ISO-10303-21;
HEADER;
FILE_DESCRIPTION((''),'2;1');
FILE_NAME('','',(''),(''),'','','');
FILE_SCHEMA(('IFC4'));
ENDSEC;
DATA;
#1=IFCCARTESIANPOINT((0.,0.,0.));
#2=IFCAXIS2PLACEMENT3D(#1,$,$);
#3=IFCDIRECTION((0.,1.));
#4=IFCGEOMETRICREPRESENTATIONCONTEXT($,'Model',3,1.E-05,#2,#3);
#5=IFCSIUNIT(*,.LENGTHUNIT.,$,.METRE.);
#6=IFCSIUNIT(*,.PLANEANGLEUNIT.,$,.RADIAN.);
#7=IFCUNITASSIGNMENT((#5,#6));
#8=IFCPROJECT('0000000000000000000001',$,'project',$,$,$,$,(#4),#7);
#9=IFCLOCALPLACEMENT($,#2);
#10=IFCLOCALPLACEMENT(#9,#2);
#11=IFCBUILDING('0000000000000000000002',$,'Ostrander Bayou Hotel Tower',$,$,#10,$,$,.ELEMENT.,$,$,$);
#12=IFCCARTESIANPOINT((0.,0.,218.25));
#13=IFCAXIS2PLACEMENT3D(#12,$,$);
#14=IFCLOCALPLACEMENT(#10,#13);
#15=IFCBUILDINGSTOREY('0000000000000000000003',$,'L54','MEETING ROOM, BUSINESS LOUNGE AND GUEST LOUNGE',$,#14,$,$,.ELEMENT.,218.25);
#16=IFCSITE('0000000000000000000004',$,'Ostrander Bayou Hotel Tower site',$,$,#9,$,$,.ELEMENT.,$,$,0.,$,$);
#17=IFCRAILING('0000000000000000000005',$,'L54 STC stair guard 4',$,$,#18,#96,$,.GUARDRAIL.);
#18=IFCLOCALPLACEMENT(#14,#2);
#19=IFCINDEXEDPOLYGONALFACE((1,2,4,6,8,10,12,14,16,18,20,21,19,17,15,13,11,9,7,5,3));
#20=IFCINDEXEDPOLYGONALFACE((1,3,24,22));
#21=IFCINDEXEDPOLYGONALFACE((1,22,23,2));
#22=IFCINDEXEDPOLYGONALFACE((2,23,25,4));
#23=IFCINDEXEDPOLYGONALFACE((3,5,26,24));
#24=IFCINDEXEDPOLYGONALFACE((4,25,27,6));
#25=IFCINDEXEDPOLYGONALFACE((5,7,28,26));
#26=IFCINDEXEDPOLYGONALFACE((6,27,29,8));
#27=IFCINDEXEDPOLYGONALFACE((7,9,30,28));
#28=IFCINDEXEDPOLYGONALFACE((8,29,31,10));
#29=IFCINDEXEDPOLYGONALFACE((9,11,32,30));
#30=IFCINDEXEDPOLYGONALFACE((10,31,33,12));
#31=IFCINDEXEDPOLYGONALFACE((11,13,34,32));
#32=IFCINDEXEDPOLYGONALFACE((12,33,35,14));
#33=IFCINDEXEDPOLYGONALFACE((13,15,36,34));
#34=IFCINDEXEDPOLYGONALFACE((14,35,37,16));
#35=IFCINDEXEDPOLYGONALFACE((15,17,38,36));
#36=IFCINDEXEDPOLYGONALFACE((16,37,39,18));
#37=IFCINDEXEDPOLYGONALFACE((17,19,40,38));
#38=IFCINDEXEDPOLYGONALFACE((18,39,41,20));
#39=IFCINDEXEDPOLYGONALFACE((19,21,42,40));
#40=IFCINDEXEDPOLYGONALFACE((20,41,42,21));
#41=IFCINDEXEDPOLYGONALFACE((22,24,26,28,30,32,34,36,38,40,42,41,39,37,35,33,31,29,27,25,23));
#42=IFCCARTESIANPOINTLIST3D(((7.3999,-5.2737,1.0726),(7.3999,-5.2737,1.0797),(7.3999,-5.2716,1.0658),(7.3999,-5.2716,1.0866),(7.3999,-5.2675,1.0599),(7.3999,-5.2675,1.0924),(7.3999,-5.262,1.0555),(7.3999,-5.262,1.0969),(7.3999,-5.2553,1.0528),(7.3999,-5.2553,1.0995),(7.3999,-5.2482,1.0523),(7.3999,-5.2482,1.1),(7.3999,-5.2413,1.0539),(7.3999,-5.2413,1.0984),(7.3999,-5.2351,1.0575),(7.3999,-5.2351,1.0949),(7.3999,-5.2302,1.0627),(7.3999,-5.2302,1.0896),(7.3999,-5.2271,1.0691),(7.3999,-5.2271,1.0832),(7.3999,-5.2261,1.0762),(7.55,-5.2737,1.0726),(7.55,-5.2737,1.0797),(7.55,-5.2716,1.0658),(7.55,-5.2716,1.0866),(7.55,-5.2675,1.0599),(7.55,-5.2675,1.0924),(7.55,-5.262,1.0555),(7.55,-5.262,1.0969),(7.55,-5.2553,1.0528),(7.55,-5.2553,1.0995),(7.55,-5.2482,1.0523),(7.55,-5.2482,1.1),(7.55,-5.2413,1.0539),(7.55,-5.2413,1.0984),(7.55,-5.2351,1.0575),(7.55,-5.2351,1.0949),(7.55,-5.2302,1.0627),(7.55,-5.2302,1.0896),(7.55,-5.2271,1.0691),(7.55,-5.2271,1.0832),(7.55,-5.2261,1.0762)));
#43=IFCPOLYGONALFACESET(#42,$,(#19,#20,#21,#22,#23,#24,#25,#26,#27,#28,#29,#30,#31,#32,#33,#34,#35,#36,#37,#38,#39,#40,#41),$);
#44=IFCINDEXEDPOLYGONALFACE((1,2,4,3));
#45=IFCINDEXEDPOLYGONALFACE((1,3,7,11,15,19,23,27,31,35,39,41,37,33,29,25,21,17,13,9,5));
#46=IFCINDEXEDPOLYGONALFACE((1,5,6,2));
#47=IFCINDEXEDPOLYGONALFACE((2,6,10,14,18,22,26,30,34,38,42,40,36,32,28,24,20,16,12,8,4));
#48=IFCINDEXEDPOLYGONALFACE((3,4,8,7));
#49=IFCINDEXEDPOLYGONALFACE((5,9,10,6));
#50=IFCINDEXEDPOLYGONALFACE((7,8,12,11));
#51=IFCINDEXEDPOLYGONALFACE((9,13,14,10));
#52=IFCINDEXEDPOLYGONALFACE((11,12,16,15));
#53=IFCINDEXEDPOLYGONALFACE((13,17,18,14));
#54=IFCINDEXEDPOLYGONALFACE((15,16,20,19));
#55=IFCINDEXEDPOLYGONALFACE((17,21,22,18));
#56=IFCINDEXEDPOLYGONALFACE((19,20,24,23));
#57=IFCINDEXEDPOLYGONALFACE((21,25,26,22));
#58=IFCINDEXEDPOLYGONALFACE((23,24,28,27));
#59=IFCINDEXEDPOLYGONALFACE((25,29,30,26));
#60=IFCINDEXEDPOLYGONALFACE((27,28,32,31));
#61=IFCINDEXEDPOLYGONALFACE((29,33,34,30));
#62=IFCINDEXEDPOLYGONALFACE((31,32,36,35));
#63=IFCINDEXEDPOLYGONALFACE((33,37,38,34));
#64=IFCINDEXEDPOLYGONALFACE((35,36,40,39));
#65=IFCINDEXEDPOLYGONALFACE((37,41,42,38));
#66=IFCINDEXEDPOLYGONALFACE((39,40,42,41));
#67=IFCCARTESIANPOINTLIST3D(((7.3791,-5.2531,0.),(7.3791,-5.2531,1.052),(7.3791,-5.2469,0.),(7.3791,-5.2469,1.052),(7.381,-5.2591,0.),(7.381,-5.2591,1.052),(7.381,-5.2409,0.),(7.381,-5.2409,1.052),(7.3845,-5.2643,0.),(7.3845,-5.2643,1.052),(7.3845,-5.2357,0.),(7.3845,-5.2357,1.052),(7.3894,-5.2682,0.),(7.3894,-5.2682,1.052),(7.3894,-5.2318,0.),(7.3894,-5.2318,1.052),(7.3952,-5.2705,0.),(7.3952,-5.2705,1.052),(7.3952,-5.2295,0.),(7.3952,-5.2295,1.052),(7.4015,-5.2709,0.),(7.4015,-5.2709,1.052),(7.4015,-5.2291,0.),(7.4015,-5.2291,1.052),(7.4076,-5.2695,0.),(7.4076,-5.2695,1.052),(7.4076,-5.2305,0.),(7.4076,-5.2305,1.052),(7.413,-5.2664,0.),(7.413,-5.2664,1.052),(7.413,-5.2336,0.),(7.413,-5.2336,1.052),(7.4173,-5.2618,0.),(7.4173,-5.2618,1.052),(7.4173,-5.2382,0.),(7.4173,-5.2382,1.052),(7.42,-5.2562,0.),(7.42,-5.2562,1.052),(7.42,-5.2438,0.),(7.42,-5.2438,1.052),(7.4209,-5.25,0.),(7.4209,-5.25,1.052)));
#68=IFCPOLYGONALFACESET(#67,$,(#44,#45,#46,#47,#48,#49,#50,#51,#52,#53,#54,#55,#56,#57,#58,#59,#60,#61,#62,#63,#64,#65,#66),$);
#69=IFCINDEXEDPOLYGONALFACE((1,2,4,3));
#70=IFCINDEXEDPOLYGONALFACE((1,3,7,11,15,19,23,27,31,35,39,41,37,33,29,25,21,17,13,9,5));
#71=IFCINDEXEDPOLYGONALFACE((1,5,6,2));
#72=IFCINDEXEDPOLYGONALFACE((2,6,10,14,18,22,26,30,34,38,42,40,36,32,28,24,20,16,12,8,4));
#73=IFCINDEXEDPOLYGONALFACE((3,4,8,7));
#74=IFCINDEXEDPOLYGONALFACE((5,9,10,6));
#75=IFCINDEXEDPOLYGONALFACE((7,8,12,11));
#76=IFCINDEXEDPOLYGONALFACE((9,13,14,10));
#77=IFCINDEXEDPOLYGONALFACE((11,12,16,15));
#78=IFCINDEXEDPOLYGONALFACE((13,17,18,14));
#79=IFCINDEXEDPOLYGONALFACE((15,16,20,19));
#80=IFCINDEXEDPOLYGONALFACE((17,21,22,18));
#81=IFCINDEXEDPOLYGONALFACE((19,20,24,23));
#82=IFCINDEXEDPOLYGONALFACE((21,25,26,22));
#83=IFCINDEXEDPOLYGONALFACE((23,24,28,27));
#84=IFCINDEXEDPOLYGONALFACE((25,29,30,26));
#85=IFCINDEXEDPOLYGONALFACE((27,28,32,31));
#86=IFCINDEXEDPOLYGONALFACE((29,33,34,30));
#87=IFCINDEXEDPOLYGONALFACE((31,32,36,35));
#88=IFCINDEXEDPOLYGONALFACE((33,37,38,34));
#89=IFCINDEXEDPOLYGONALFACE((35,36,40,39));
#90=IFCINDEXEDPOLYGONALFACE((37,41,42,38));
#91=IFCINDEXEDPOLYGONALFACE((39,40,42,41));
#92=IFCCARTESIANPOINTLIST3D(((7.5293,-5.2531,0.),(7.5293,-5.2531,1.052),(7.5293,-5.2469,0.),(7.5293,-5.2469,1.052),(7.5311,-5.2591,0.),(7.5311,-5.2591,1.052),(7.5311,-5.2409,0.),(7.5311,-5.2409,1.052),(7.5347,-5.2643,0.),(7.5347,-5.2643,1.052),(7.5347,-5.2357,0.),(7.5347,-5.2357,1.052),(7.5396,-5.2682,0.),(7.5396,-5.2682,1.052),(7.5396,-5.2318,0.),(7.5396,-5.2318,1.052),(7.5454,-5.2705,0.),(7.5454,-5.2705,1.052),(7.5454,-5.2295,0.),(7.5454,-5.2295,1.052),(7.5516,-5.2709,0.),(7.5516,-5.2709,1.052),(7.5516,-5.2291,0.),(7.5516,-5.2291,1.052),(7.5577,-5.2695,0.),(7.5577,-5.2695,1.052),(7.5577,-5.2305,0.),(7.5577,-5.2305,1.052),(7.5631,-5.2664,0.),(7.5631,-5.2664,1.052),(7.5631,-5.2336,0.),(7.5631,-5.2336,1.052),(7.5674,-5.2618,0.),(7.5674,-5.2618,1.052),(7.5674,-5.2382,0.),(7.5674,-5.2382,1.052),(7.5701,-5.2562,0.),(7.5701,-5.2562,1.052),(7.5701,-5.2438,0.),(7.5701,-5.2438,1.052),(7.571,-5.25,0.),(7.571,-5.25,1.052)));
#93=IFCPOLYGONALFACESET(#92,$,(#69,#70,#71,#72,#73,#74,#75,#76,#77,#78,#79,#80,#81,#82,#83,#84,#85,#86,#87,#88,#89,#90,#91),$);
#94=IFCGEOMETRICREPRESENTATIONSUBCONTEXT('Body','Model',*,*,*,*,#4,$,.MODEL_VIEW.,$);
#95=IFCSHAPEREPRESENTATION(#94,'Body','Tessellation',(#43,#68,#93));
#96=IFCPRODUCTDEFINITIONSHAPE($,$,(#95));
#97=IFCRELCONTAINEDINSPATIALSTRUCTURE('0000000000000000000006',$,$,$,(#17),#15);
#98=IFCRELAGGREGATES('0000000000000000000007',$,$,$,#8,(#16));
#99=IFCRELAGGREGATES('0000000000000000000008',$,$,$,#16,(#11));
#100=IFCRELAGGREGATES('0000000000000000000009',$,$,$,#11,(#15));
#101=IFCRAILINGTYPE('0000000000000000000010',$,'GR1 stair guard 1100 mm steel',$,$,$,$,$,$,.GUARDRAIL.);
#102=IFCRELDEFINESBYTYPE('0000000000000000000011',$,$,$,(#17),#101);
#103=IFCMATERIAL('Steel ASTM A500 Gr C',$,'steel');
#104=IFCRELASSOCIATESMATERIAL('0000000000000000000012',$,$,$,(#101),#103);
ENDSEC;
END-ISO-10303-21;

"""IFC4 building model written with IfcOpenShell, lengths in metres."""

from ifc_helpers import new_model, si_unit, direction, frame, origin, origin_2d, place, context, subcontext, project, spatial, circle, extrude, material, type_object, element, save


model = new_model("IFC4")

# Units and contexts
model_context = context("Model", 3, precision=1e-05, world=origin(), true_north=direction((0.0, 1.0)))
body_context = subcontext(model_context, "Body", "Model", "MODEL_VIEW")
ifc_project = project(units=[si_unit("LENGTHUNIT", "METRE"), si_unit("PLANEANGLEUNIT", "RADIAN")], contexts=[model_context])

# Site, building, storey
site_placement = place(None, origin())
site = spatial("IfcSite", under=ifc_project, at=site_placement, Name="Ostrander Bayou Hotel Tower site", CompositionType="ELEMENT", RefElevation=0.0)
building_placement = place(site_placement, origin())
building = spatial("IfcBuilding", under=site, at=building_placement, Name="Ostrander Bayou Hotel Tower", CompositionType="ELEMENT")
storey_placement = place(building_placement, frame((0.0, 0.0, 218.25)))
storey = spatial("IfcBuildingStorey", under=building, at=storey_placement, Name="L54", Description="MEETING ROOM, BUSINESS LOUNGE AND GUEST LOUNGE", CompositionType="ELEMENT", Elevation=218.25)

# Railing
ifc_material_1 = material(Name="Steel ASTM A500 Gr C", Category="steel")
railing_type_1 = type_object("IfcRailingType", Name="GR1 stair guard 1100 mm steel", PredefinedType="GUARDRAIL", material=ifc_material_1)
railing_1_placement = place(storey_placement, frame((7.3999, -5.25, 0.0)))
element("IfcRailing", 1, at=railing_1_placement, inside=storey, type_object=railing_type_1, Name="L54 STC stair guard 4", PredefinedType="GUARDRAIL", context=body_context, shape_type="SweptSolid", body=[
    extrude(circle(Radius=0.0239, at=origin_2d()), frame((0.0, 0.0, 1.0762), z_axis=(1.0, 0.0, 0.0), x_axis=(0.0, 1.0, 0.0)), (0.0, 0.0, 1.0), 0.1501),
    extrude(circle(Radius=0.021, at=origin_2d()), origin(), (0.0, 0.0, 1.0), 1.052),
    extrude(circle(Radius=0.021, at=origin_2d()), frame((0.1501, 0.0, 0.0)), (0.0, 0.0, 1.0), 1.052),
])

save(model, "model.ifc")
